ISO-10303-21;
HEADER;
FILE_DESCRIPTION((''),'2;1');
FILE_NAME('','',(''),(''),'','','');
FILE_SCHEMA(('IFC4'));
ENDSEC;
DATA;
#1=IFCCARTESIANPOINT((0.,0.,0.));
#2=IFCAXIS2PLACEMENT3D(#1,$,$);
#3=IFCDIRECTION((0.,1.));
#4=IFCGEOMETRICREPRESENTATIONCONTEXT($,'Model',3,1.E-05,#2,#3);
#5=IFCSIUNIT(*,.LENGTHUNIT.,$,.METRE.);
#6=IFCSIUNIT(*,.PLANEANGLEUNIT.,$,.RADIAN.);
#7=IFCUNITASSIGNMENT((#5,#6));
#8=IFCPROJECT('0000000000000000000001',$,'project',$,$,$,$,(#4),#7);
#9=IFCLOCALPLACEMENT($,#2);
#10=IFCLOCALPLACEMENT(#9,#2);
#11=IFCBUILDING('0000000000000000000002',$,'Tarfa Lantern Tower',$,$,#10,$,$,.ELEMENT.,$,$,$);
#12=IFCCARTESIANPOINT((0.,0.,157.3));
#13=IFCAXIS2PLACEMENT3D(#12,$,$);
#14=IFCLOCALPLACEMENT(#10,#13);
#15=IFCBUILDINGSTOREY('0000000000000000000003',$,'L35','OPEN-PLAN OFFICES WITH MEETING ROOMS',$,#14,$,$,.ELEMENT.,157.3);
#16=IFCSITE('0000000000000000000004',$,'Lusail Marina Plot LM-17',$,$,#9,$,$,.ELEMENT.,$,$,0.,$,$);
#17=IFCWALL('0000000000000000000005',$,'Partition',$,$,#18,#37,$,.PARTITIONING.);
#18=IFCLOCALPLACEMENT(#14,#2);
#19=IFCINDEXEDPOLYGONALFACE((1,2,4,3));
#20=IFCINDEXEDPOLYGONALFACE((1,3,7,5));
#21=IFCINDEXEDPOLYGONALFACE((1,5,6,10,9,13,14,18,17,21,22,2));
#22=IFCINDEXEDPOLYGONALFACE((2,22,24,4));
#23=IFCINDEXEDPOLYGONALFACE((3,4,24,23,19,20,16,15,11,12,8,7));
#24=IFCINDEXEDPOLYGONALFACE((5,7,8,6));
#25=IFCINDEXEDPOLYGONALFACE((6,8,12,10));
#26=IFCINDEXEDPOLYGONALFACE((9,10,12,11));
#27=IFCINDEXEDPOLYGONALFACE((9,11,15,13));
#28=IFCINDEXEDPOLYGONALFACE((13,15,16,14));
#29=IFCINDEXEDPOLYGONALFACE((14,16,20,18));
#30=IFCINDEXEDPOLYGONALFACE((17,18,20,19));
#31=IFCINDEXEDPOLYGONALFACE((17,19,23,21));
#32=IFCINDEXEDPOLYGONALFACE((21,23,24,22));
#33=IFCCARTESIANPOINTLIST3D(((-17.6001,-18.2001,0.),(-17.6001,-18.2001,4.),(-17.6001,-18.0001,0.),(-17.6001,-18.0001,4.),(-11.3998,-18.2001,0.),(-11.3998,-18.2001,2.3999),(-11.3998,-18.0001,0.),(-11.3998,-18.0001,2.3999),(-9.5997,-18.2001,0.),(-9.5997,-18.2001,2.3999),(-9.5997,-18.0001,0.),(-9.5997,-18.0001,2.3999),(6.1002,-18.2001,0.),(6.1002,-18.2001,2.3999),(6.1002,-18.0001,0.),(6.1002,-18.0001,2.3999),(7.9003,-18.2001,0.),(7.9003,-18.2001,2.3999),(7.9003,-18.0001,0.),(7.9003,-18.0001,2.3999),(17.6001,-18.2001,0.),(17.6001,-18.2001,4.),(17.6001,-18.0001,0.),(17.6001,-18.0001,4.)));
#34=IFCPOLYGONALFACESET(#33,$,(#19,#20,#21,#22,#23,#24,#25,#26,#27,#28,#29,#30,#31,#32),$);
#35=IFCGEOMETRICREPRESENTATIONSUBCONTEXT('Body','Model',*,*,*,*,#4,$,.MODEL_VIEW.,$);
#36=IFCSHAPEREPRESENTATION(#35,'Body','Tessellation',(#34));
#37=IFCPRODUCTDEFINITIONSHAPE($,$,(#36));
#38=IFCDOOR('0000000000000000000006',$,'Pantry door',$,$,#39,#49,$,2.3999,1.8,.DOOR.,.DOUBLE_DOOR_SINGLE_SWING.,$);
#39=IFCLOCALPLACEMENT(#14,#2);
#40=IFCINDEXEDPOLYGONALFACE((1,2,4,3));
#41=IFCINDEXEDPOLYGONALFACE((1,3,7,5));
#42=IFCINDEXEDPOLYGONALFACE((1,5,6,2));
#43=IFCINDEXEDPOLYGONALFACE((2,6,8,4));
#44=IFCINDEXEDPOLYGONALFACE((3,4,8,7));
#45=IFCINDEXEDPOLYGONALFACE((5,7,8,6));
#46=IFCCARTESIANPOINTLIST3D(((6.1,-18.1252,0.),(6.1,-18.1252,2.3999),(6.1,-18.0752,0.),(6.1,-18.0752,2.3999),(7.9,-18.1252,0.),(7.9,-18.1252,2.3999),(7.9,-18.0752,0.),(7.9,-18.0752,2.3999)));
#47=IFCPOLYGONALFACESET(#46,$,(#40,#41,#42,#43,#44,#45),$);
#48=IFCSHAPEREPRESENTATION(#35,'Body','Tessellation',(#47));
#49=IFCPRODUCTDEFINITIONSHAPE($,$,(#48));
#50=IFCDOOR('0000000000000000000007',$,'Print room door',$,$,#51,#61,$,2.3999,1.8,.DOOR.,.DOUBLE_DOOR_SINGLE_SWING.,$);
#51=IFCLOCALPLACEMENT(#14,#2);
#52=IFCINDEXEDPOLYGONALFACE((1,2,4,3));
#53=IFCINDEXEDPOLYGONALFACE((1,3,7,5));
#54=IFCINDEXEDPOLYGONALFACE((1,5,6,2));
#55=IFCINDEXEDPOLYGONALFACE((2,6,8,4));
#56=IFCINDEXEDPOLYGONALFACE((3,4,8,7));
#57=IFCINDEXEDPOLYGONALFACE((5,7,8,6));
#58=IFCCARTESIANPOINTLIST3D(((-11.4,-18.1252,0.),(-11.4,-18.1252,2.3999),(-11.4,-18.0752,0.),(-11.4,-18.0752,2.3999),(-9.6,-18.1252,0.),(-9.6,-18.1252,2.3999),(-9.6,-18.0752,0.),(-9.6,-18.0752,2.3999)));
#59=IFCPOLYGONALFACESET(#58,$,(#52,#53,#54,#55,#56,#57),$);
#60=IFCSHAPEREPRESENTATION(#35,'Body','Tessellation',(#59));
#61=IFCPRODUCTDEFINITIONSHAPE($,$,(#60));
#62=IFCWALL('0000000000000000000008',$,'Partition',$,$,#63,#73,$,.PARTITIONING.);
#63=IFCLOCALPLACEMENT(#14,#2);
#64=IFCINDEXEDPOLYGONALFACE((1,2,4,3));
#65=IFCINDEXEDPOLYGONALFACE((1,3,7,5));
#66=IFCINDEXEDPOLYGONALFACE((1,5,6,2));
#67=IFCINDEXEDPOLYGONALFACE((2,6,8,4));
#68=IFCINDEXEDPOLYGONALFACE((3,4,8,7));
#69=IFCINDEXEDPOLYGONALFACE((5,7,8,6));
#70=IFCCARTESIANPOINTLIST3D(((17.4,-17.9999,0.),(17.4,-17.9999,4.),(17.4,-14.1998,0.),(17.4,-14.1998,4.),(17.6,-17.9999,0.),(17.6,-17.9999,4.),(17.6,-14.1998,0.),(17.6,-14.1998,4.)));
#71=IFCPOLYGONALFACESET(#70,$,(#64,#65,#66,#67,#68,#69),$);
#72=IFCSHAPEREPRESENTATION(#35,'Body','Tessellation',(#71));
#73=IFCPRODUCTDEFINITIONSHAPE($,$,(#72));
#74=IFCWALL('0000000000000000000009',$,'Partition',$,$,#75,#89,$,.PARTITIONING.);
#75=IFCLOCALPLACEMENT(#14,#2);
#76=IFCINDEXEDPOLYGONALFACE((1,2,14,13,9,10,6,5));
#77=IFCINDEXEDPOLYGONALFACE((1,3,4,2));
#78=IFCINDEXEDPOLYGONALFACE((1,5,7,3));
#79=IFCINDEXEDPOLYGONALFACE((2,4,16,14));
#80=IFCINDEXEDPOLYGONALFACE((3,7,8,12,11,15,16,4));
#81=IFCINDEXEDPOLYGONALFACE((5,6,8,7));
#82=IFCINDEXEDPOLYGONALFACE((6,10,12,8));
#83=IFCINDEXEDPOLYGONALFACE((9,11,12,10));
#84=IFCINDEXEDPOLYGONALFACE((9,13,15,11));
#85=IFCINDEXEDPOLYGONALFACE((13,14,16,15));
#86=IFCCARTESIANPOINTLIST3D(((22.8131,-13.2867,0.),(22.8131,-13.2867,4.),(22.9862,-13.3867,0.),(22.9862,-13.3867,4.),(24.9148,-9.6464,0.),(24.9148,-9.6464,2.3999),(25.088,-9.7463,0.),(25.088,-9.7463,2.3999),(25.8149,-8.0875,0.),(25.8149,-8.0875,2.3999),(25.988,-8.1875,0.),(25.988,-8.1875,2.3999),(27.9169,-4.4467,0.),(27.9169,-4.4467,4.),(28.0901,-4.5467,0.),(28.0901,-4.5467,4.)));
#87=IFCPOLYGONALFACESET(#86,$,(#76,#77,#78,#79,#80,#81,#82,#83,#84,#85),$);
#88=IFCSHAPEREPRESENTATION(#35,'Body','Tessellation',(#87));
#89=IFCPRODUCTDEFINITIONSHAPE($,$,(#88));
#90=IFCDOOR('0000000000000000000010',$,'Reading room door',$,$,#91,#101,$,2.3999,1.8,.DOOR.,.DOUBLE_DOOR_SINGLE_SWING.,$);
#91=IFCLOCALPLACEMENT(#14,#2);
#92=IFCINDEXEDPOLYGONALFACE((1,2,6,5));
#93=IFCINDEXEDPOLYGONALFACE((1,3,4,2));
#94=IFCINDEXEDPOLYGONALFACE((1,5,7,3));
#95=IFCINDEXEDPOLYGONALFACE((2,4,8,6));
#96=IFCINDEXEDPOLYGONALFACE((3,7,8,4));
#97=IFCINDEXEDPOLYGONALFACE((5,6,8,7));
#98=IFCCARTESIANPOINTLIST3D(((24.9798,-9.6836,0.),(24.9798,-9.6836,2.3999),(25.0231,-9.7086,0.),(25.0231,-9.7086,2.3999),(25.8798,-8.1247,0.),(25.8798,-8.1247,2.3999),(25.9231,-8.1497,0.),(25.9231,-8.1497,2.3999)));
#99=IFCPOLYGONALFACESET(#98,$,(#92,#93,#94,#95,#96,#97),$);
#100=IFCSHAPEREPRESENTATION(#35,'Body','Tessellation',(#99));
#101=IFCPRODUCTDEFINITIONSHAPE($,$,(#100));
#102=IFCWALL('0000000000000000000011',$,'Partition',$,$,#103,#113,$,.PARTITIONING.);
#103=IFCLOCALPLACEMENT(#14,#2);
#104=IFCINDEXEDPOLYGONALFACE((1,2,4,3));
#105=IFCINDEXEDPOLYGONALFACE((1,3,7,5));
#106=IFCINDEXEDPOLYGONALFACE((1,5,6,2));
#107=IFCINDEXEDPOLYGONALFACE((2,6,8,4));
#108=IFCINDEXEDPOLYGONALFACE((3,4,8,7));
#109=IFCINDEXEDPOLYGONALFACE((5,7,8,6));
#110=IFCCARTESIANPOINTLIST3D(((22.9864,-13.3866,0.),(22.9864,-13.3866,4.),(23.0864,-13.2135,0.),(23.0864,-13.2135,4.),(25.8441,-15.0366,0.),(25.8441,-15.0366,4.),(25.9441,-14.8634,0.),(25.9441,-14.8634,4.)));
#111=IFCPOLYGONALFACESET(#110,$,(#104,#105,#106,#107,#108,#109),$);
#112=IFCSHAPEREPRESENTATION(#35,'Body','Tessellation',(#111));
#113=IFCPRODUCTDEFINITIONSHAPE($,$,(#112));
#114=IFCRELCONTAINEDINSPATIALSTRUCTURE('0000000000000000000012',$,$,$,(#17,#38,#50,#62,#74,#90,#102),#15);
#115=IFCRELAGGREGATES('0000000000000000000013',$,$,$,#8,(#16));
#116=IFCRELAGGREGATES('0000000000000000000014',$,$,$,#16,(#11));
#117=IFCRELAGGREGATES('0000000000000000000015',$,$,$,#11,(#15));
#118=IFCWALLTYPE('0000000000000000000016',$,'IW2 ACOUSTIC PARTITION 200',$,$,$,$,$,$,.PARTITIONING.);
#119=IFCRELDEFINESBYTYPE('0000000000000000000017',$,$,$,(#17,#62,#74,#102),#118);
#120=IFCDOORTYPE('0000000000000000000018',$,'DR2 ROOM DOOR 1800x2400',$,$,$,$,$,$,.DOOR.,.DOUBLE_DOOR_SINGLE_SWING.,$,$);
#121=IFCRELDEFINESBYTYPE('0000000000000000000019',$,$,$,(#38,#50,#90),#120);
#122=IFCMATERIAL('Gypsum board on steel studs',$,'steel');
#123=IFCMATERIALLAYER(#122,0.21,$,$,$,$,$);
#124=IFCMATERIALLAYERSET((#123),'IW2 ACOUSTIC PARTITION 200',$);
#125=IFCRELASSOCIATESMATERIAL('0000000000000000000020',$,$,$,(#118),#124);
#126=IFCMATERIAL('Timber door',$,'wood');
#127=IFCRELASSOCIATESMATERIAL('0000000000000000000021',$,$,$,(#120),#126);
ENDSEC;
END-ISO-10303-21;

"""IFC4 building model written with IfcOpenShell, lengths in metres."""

from ifc_helpers import new_model, si_unit, direction, frame, frame_2d, origin, place, context, subcontext, project, spatial, rectangle, extrude, material, layer, layer_set, type_object, element, fill, save


model = new_model("IFC4")

# Units and contexts
model_context = context("Model", 3, precision=1e-05, world=origin(), true_north=direction((0.0, 1.0)))
body_context = subcontext(model_context, "Body", "Model", "MODEL_VIEW")
ifc_project = project(units=[si_unit("LENGTHUNIT", "METRE"), si_unit("PLANEANGLEUNIT", "RADIAN")], contexts=[model_context])

# Site, building, storey
site_placement = place(None, origin())
site = spatial("IfcSite", under=ifc_project, at=site_placement, Name="Lusail Marina Plot LM-17", CompositionType="ELEMENT", RefElevation=0.0)
building_placement = place(site_placement, origin())
building = spatial("IfcBuilding", under=site, at=building_placement, Name="Tarfa Lantern Tower", CompositionType="ELEMENT")
storey_placement = place(building_placement, frame((0.0, 0.0, 157.3)))
storey = spatial("IfcBuildingStorey", under=building, at=storey_placement, Name="L35", Description="OPEN-PLAN OFFICES WITH MEETING ROOMS", CompositionType="ELEMENT", Elevation=157.3)

# Shared definitions
ifc_material_1 = material(Name="Gypsum board on steel studs", Category="steel")
ifc_layer_1 = layer(ifc_material_1, 0.21)
ifc_layer_set_1 = layer_set([ifc_layer_1], Name="IW2 ACOUSTIC PARTITION 200")
wall_type = type_object("IfcWallType", Name="IW2 ACOUSTIC PARTITION 200", PredefinedType="PARTITIONING", material=ifc_layer_set_1)

# Wall, openings, doors
wall_1_placement = place(storey_placement, frame((17.6001, -18.1001, 0.0), z_axis=(0.0, 0.0, 1.0), x_axis=(-1.0, 0.0, 0.0)))
wall_1 = element("IfcWall", 1, at=wall_1_placement, inside=storey, type_object=wall_type, Name="Partition", PredefinedType="PARTITIONING", context=body_context, shape_type="SweptSolid", body=[
    extrude(rectangle(XDim=35.2002, YDim=0.2, at=frame_2d((17.6001, 0.0))), origin(), (0.0, 0.0, 1.0), 4.0),
])
opening_1_placement = place(wall_1_placement, frame((9.7, 0.0, 0.0)))
opening_1 = element("IfcOpeningElement", 2, at=opening_1_placement, cuts=wall_1, PredefinedType="OPENING", context=body_context, shape_type="SweptSolid", body=[
    extrude(rectangle(XDim=1.8, YDim=2.3999, at=frame_2d((0.8999, 1.2))), frame((0.0, 0.1099, 0.0), z_axis=(0.0, -1.0, 0.0), x_axis=(1.0, 0.0, 0.0)), (0.0, 0.0, 1.0), 0.22),
])
opening_2_placement = place(wall_1_placement, frame((27.2, 0.0, 0.0)))
opening_2 = element("IfcOpeningElement", 3, at=opening_2_placement, cuts=wall_1, PredefinedType="OPENING", context=body_context, shape_type="SweptSolid", body=[
    extrude(rectangle(XDim=1.8, YDim=2.3999, at=frame_2d((0.8999, 1.2))), frame((0.0, 0.1099, 0.0), z_axis=(0.0, -1.0, 0.0), x_axis=(1.0, 0.0, 0.0)), (0.0, 0.0, 1.0), 0.22),
])
ifc_material_2 = material(Name="Timber door", Category="wood")
door_type = type_object("IfcDoorType", Name="DR2 ROOM DOOR 1800x2400", OperationType="DOUBLE_DOOR_SINGLE_SWING", PredefinedType="DOOR", material=ifc_material_2)
door_1_placement = place(opening_1_placement, frame((1.8, 0.0, 0.0), z_axis=(0.0, 0.0, 1.0), x_axis=(-1.0, 0.0, 0.0)))
door_1 = element("IfcDoor", 4, at=door_1_placement, inside=storey, type_object=door_type, Name="Pantry door", OperationType="DOUBLE_DOOR_SINGLE_SWING", OverallHeight=2.3999, OverallWidth=1.8, PredefinedType="DOOR", context=body_context, shape_type="SweptSolid", body=[
    extrude(rectangle(XDim=1.8, YDim=2.3999, at=frame_2d((0.8999, 1.2))), frame((0.0, 0.0249, 0.0), z_axis=(0.0, -1.0, 0.0), x_axis=(1.0, 0.0, 0.0)), (0.0, 0.0, 1.0), 0.05),
])
fill(opening_1, door_1)
door_2_placement = place(opening_2_placement, frame((1.8, 0.0, 0.0), z_axis=(0.0, 0.0, 1.0), x_axis=(-1.0, 0.0, 0.0)))
door_2 = element("IfcDoor", 5, at=door_2_placement, inside=storey, type_object=door_type, Name="Print room door", OperationType="DOUBLE_DOOR_SINGLE_SWING", OverallHeight=2.3999, OverallWidth=1.8, PredefinedType="DOOR", context=body_context, shape_type="SweptSolid", body=[
    extrude(rectangle(XDim=1.8, YDim=2.3999, at=frame_2d((0.8999, 1.2))), frame((0.0, 0.0249, 0.0), z_axis=(0.0, -1.0, 0.0), x_axis=(1.0, 0.0, 0.0)), (0.0, 0.0, 1.0), 0.05),
])
fill(opening_2, door_2)

# Wall
wall_2_placement = place(storey_placement, frame((17.5, -14.2, 0.0), z_axis=(0.0, 0.0, 1.0), x_axis=(0.0, -1.0, 0.0)))
element("IfcWall", 6, at=wall_2_placement, inside=storey, type_object=wall_type, Name="Partition", PredefinedType="PARTITIONING", context=body_context, shape_type="SweptSolid", body=[
    extrude(rectangle(XDim=3.8, YDim=0.2, at=frame_2d((1.8999, 0.0))), origin(), (0.0, 0.0, 1.0), 4.0),
])

# Wall, opening, door
wall_3_placement = place(storey_placement, frame((22.8997, -13.3367, 0.0), z_axis=(0.0, 0.0, 1.0), x_axis=(0.500005, 0.866022, 0.0)))
wall_3 = element("IfcWall", 7, at=wall_3_placement, inside=storey, type_object=wall_type, Name="Partition", PredefinedType="PARTITIONING", context=body_context, shape_type="SweptSolid", body=[
    extrude(rectangle(XDim=10.2075, YDim=0.2, at=frame_2d((5.1038, 0.0))), origin(), (0.0, 0.0, 1.0), 4.0),
])
opening_3_placement = place(wall_3_placement, frame((4.2036, 0.0, 0.0)))
opening_3 = element("IfcOpeningElement", 8, at=opening_3_placement, cuts=wall_3, PredefinedType="OPENING", context=body_context, shape_type="SweptSolid", body=[
    extrude(rectangle(XDim=1.8, YDim=2.3999, at=frame_2d((0.8999, 1.2))), frame((0.0, 0.1099, 0.0), z_axis=(0.0, -1.0, 0.0), x_axis=(1.0, 0.0, 0.0)), (0.0, 0.0, 1.0), 0.22),
])
door_3_placement = place(opening_3_placement, frame((1.8, 0.0, 0.0), z_axis=(0.0, 0.0, 1.0), x_axis=(-1.0, 0.0, 0.0)))
door_3 = element("IfcDoor", 9, at=door_3_placement, inside=storey, type_object=door_type, Name="Reading room door", OperationType="DOUBLE_DOOR_SINGLE_SWING", OverallHeight=2.3999, OverallWidth=1.8, PredefinedType="DOOR", context=body_context, shape_type="SweptSolid", body=[
    extrude(rectangle(XDim=1.8, YDim=2.3999, at=frame_2d((0.8999, 1.2))), frame((0.0, 0.0249, 0.0), z_axis=(0.0, -1.0, 0.0), x_axis=(1.0, 0.0, 0.0)), (0.0, 0.0, 1.0), 0.05),
])
fill(opening_3, door_3)

# Wall
wall_4_placement = place(storey_placement, frame((23.0364, -13.3, 0.0), z_axis=(0.0, 0.0, 1.0), x_axis=(0.866022, -0.500006, 0.0)))
element("IfcWall", 10, at=wall_4_placement, inside=storey, type_object=wall_type, Name="Partition", PredefinedType="PARTITIONING", context=body_context, shape_type="SweptSolid", body=[
    extrude(rectangle(XDim=3.2998, YDim=0.2, at=frame_2d((1.6499, 0.0))), origin(), (0.0, 0.0, 1.0), 4.0),
])

save(model, "model.ifc")
